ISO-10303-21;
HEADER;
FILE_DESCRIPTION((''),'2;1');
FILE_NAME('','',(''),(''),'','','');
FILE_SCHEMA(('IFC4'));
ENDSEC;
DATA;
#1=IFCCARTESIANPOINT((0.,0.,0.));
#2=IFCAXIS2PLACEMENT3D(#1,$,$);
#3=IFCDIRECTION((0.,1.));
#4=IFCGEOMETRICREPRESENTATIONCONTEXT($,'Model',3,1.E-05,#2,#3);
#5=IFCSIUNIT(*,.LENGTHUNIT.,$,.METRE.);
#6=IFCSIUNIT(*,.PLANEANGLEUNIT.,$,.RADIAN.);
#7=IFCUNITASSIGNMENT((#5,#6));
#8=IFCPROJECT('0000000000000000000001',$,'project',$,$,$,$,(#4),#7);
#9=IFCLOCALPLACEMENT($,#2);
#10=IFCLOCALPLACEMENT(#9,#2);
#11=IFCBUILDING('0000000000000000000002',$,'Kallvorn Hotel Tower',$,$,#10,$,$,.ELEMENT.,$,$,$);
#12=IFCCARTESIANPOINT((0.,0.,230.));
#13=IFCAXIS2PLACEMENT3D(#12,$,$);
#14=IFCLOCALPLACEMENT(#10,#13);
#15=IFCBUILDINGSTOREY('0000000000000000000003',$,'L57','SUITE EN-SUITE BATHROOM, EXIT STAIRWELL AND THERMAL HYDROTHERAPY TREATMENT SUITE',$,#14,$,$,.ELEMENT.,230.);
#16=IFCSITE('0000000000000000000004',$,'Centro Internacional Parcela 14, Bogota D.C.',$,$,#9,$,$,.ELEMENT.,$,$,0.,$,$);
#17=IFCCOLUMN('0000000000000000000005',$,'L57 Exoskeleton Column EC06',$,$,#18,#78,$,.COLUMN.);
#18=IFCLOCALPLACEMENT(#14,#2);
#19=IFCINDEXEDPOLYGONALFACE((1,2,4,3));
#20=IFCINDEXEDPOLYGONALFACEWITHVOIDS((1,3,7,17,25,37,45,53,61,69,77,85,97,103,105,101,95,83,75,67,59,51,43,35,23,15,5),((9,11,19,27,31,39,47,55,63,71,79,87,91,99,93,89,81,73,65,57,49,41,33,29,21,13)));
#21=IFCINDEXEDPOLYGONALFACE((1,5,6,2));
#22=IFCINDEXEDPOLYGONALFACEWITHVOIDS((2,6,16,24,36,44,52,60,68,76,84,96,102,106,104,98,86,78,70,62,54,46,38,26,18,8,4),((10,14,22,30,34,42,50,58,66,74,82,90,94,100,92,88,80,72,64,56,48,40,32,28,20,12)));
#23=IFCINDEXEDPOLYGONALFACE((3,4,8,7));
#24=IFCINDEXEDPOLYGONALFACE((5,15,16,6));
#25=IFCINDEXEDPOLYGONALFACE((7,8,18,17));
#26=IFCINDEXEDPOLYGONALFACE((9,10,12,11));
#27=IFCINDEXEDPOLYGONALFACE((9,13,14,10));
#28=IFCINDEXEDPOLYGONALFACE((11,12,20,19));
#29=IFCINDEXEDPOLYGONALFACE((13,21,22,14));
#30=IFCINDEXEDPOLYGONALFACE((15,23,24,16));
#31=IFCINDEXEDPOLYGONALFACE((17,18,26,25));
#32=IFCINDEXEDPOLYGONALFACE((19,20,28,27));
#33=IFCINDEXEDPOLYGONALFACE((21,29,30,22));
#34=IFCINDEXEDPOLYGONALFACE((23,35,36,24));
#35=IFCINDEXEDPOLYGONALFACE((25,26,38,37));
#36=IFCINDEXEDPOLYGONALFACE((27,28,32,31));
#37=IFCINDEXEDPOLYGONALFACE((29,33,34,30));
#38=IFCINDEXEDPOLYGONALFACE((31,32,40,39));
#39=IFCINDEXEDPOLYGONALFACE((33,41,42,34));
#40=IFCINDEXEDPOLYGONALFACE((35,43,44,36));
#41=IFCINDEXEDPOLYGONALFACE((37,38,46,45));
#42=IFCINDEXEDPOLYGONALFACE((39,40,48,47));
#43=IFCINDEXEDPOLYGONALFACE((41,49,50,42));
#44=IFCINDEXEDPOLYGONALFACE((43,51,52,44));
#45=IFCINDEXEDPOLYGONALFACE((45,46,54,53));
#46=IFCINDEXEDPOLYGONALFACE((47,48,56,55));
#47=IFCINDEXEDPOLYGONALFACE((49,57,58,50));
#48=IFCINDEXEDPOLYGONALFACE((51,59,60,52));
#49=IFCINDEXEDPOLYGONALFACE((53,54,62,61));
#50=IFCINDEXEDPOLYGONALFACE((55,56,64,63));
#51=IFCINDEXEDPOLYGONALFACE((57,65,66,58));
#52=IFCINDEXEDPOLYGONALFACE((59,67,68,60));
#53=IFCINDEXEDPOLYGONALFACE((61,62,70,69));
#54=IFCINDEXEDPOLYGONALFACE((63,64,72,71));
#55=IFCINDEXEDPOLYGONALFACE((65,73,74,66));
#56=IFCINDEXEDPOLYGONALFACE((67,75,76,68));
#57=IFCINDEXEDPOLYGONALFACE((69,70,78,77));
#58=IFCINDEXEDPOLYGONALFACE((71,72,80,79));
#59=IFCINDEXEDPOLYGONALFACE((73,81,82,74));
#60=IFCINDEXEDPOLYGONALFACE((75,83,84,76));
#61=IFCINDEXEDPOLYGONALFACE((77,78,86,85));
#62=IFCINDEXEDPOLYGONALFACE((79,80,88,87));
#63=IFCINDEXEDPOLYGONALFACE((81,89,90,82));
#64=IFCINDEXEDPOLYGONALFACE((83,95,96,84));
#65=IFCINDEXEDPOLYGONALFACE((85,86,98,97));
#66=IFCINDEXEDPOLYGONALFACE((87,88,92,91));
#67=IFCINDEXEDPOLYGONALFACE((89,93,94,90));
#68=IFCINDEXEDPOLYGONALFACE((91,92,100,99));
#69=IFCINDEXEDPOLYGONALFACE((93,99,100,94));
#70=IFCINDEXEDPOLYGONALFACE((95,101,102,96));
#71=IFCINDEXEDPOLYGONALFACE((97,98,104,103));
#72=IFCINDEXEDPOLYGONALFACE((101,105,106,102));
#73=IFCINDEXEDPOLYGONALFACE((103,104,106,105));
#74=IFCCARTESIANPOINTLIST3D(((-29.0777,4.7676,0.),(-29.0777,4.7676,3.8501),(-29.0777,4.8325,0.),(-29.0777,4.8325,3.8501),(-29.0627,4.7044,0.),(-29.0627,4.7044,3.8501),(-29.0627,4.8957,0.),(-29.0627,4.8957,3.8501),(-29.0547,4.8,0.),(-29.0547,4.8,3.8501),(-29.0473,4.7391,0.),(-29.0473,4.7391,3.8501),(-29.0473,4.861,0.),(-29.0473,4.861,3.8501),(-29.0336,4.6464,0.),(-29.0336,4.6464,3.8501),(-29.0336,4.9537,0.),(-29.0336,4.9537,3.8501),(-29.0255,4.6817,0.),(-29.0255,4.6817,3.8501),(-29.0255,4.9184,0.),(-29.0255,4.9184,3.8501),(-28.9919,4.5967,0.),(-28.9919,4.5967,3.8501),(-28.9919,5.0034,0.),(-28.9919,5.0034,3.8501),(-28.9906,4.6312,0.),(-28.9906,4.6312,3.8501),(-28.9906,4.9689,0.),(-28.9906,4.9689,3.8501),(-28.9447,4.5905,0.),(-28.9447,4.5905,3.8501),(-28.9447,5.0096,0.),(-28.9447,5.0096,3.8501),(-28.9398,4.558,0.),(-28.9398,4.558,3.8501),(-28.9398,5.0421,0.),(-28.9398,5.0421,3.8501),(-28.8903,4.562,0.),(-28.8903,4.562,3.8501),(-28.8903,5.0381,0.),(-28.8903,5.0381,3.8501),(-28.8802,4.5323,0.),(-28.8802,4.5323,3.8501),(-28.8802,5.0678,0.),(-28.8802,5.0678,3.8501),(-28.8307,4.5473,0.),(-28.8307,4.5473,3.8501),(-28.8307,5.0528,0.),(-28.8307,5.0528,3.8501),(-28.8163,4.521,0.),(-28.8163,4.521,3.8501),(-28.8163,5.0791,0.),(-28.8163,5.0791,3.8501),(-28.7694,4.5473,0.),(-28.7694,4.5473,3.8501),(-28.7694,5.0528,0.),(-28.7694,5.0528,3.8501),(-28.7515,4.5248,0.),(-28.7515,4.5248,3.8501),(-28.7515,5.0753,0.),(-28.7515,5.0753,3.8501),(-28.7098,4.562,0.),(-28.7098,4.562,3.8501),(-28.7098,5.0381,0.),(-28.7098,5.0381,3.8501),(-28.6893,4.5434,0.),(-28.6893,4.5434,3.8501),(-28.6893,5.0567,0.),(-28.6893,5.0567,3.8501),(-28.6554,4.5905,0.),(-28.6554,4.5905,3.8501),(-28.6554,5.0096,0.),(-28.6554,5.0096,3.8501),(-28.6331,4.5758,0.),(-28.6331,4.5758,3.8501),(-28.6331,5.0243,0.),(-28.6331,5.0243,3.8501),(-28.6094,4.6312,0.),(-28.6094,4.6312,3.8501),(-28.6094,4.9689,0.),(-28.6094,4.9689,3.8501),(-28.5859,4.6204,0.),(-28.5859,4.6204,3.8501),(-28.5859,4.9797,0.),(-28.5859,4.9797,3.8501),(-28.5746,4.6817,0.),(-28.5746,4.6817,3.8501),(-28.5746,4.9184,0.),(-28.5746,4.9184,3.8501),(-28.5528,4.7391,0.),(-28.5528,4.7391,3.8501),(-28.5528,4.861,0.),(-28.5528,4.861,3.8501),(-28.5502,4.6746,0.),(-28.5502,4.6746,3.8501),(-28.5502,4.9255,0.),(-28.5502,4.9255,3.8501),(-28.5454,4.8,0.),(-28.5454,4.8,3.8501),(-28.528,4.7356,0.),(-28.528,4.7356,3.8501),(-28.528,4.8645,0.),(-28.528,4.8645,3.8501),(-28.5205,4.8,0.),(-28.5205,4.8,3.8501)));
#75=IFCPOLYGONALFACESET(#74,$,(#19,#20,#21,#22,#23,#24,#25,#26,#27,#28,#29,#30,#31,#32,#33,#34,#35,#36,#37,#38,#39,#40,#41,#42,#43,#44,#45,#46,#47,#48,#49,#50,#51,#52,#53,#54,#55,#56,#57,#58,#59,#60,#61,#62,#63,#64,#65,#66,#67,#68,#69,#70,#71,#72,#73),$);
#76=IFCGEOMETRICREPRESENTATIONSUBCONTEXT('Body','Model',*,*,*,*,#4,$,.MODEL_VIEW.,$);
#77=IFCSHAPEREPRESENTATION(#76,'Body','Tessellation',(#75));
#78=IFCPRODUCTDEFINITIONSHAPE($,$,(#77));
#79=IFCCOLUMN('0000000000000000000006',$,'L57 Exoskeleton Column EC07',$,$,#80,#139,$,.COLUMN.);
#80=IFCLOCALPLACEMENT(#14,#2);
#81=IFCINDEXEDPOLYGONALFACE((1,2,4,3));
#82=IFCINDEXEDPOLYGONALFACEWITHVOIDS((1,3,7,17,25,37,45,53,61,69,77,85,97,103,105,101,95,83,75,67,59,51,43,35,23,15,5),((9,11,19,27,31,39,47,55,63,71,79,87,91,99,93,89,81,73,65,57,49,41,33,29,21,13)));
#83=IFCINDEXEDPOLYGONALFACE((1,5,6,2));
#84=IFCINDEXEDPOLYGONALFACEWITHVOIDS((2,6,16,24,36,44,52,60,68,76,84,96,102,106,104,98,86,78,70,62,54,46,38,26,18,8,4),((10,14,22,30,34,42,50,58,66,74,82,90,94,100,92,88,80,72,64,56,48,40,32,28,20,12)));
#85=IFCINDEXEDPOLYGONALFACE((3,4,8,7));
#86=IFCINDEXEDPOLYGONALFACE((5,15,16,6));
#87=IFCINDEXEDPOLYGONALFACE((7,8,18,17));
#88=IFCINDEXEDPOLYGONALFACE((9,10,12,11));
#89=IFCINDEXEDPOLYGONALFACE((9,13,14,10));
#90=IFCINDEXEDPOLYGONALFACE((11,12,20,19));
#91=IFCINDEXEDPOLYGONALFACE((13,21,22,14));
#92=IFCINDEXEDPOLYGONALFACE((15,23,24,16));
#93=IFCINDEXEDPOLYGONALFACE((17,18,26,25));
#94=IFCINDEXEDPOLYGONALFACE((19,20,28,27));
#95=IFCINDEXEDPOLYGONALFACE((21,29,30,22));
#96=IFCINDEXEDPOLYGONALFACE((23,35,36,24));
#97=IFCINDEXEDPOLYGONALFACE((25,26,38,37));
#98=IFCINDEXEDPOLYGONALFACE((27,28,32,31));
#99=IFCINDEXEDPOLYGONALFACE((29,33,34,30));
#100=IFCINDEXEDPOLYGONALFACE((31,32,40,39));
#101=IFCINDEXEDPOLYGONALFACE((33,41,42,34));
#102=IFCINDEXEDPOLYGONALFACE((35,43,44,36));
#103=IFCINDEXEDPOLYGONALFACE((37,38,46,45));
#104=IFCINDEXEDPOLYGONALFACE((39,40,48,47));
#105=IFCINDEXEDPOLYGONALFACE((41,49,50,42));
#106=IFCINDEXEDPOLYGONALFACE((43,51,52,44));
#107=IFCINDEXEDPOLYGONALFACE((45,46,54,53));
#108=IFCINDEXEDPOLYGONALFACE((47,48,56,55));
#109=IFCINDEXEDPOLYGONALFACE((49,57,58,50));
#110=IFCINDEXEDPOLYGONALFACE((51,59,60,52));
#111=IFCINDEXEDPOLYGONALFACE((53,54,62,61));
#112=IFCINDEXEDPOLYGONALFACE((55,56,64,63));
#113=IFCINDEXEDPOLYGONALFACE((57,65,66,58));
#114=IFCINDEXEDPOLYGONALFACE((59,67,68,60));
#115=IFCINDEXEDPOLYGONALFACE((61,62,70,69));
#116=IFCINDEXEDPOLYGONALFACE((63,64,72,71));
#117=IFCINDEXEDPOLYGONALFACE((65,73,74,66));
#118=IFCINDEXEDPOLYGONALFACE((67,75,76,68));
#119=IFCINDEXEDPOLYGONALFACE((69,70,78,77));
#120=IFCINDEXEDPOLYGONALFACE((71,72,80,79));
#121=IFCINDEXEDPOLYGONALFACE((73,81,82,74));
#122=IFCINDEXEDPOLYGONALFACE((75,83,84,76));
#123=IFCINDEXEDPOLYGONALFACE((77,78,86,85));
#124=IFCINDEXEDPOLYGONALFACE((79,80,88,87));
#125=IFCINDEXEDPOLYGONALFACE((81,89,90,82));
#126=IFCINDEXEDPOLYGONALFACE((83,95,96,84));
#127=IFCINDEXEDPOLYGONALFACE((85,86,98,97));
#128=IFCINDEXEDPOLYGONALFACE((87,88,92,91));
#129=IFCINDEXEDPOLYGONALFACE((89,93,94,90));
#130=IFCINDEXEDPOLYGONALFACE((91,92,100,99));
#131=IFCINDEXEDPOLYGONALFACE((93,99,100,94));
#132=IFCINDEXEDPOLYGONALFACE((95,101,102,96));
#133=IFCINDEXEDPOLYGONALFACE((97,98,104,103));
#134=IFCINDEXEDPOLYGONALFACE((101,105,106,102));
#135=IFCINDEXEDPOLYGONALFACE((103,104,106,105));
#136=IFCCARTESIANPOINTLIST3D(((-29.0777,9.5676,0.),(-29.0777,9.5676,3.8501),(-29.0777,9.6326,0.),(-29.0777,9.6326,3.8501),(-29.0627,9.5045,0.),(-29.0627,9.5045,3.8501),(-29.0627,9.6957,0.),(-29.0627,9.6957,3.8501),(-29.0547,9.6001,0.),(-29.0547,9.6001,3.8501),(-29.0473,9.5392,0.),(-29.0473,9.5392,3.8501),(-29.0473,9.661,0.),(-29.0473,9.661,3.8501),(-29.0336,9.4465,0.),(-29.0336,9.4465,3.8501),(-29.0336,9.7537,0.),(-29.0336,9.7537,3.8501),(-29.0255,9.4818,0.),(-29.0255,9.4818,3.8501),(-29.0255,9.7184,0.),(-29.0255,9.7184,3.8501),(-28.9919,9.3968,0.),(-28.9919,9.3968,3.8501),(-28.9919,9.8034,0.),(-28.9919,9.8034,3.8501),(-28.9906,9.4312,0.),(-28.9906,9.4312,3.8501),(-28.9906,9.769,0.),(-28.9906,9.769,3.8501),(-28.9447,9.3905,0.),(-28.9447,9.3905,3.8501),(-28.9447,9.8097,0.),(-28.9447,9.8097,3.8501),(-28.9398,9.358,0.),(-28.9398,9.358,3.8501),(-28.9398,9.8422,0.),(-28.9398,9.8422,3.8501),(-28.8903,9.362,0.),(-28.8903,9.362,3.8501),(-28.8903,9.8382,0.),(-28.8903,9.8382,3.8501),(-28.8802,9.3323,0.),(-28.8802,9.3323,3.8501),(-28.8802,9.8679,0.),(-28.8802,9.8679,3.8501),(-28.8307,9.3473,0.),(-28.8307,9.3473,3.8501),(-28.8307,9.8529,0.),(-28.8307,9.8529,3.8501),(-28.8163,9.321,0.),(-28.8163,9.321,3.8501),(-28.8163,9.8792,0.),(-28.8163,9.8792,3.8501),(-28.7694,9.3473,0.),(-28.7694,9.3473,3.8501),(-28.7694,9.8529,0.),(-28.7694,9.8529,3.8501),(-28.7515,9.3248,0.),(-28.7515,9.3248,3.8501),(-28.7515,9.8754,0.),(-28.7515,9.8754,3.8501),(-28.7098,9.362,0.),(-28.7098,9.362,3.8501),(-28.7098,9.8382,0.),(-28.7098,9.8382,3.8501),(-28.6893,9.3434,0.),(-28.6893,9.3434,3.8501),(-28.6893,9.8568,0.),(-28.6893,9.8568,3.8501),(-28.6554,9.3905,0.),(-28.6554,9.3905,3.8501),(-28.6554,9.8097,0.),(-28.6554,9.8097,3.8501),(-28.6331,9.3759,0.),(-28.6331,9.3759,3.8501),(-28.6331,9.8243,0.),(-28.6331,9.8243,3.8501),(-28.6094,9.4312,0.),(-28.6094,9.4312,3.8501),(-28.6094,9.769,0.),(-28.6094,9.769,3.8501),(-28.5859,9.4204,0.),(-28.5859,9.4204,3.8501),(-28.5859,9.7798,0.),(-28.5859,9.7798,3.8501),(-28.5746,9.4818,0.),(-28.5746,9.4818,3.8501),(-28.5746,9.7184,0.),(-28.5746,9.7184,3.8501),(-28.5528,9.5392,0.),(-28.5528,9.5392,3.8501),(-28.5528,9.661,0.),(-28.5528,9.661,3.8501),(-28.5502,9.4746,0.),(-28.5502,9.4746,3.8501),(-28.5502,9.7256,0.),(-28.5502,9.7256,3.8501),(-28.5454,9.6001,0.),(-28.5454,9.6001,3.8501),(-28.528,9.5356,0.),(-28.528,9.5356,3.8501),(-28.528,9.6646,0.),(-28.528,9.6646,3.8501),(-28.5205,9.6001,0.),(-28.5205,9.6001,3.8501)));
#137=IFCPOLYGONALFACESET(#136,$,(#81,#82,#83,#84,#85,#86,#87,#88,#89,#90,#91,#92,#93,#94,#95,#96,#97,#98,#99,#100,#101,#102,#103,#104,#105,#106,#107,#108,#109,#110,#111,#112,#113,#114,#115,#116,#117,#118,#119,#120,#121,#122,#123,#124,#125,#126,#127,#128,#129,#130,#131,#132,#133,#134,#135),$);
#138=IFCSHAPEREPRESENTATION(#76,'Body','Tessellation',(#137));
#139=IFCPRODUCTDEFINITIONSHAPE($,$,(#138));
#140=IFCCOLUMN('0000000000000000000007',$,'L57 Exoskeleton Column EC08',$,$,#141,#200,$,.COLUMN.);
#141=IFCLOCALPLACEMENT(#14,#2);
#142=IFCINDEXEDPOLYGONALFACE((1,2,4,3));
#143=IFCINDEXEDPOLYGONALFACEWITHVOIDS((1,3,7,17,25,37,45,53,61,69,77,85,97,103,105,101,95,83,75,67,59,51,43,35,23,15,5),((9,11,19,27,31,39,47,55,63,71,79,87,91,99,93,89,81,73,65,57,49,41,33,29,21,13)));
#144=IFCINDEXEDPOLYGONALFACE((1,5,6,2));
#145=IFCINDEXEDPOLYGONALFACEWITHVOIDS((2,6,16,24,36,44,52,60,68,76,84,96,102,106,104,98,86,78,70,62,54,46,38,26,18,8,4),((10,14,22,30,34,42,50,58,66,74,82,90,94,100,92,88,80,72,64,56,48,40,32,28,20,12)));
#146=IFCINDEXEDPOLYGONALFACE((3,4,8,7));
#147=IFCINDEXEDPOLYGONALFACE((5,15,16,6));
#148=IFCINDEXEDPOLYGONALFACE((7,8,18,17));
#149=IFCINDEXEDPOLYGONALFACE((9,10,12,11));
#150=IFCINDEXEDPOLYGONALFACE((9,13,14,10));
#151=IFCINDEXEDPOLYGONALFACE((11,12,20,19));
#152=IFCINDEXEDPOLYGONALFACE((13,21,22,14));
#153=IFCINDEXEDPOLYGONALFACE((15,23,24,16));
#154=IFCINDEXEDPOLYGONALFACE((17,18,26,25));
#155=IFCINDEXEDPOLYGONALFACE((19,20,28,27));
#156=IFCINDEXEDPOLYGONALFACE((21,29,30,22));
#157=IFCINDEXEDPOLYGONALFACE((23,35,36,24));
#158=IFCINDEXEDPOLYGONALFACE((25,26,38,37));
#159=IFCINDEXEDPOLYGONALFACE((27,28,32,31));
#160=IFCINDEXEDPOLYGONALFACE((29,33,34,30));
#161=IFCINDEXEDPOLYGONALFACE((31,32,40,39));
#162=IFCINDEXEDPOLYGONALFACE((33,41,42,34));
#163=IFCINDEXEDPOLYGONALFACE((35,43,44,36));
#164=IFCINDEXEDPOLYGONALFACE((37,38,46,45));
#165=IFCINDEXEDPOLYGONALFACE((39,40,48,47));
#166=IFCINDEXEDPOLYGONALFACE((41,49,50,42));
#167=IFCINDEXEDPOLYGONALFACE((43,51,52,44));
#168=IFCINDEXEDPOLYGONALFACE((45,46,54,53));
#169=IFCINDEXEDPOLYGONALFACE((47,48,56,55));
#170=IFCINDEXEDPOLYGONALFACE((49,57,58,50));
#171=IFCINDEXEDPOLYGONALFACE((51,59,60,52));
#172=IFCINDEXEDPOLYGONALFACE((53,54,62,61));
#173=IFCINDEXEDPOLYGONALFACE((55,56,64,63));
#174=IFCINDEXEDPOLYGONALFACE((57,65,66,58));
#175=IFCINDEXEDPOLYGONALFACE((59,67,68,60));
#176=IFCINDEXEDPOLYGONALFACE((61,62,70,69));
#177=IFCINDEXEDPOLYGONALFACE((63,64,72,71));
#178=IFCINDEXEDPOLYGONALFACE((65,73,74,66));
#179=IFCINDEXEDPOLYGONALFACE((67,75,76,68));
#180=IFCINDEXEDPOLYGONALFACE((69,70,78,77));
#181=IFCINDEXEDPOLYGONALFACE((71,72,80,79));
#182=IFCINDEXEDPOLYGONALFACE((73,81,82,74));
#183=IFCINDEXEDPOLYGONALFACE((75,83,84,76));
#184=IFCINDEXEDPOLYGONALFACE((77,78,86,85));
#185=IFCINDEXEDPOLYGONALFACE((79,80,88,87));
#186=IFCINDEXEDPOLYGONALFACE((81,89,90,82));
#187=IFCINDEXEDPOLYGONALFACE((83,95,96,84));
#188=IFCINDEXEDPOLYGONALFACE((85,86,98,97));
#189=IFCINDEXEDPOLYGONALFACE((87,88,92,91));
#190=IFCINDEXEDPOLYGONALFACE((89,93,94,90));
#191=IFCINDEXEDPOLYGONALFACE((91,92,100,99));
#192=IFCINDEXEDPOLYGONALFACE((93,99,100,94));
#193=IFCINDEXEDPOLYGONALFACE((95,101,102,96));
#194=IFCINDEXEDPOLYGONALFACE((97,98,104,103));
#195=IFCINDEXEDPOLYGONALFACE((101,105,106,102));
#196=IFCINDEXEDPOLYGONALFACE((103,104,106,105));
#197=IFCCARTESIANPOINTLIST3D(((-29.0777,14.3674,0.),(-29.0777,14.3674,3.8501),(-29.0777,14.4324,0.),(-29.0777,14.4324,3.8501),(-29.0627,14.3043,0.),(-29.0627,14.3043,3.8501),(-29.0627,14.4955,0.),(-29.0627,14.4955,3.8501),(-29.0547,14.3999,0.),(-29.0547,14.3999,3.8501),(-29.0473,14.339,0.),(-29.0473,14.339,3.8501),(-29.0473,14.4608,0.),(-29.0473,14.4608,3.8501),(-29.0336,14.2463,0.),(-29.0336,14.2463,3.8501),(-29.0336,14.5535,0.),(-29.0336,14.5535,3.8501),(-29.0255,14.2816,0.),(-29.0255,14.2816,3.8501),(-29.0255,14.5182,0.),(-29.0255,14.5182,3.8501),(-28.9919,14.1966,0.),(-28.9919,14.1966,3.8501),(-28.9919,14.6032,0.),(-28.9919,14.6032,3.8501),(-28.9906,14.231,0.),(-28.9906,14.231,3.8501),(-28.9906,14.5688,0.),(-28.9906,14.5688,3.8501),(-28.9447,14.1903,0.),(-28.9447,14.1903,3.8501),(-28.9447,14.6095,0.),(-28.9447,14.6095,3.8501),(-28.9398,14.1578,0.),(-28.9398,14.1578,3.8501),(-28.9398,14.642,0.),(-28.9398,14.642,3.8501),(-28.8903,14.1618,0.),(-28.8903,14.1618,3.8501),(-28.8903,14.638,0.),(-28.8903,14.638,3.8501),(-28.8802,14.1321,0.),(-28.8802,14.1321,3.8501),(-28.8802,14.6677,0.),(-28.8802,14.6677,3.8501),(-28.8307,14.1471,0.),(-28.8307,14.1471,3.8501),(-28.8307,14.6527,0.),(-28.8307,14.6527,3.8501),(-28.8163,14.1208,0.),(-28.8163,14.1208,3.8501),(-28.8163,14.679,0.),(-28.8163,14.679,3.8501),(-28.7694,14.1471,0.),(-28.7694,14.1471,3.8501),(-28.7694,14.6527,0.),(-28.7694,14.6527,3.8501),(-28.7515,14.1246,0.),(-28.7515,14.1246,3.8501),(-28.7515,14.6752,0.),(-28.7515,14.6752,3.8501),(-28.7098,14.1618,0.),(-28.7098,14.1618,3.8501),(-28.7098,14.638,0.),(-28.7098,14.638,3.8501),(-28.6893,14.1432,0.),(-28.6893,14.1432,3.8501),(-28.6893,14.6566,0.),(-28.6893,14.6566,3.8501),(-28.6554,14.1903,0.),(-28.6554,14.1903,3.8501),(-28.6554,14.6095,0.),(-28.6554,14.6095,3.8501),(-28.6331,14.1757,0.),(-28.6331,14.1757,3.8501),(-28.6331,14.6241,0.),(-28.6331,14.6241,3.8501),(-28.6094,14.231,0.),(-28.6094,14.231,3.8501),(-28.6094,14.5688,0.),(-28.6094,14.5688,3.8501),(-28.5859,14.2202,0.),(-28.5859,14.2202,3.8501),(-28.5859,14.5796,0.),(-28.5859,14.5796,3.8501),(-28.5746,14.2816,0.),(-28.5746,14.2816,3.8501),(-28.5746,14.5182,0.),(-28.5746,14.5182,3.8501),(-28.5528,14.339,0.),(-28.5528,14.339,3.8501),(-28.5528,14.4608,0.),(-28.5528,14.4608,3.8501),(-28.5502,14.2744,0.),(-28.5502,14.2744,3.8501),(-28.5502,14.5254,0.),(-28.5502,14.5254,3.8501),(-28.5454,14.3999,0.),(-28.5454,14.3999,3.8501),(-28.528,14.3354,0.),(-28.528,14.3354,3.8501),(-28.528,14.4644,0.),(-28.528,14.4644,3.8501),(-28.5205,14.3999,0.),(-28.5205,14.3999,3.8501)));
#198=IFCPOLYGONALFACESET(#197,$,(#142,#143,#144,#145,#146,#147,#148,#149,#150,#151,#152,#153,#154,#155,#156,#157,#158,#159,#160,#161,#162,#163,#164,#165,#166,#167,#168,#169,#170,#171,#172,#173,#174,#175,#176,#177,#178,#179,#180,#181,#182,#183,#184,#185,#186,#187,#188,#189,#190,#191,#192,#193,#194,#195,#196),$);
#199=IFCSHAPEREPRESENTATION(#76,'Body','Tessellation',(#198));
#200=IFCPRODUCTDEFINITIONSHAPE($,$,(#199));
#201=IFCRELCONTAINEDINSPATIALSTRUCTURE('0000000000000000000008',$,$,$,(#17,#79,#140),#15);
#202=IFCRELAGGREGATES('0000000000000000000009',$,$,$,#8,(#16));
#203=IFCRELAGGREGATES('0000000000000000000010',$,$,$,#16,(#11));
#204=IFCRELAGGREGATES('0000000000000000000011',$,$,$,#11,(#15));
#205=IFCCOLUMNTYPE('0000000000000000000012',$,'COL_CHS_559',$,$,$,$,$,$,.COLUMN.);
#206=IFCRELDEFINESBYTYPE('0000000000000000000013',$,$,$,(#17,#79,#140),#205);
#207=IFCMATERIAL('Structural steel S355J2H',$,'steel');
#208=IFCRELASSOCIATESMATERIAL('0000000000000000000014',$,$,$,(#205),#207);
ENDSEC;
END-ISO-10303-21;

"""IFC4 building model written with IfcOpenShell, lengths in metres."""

from ifc_helpers import new_model, si_unit, direction, frame, origin, origin_2d, place, context, subcontext, project, spatial, hollow_circle, extrude, material, material_profile, profile_set, type_object, element, save


model = new_model("IFC4")

# Units and contexts
model_context = context("Model", 3, precision=1e-05, world=origin(), true_north=direction((0.0, 1.0)))
body_context = subcontext(model_context, "Body", "Model", "MODEL_VIEW")
ifc_project = project(units=[si_unit("LENGTHUNIT", "METRE"), si_unit("PLANEANGLEUNIT", "RADIAN")], contexts=[model_context])

# Site, building, storey
site_placement = place(None, origin())
site = spatial("IfcSite", under=ifc_project, at=site_placement, Name="Centro Internacional Parcela 14, Bogota D.C.", CompositionType="ELEMENT", RefElevation=0.0)
building_placement = place(site_placement, origin())
building = spatial("IfcBuilding", under=site, at=building_placement, Name="Kallvorn Hotel Tower", CompositionType="ELEMENT")
storey_placement = place(building_placement, frame((0.0, 0.0, 230.0)))
storey = spatial("IfcBuildingStorey", under=building, at=storey_placement, Name="L57", Description="SUITE EN-SUITE BATHROOM, EXIT STAIRWELL AND THERMAL HYDROTHERAPY TREATMENT SUITE", CompositionType="ELEMENT", Elevation=230.0)

# Columns
ifc_material_1 = material(Name="Structural steel S355J2H", Category="steel")
ifc_material_profile_1 = material_profile(ifc_material_1, hollow_circle(Radius=0.2795, WallThickness=0.0249, at=origin_2d()), Name="CHS 559x25")
ifc_profile_set_1 = profile_set([ifc_material_profile_1], Name="Structural steel S355J2H")
column_type_1 = type_object("IfcColumnType", Name="COL_CHS_559", PredefinedType="COLUMN", material=ifc_profile_set_1)
for number, where, z_axis, x_axis, name in (
    (1, (-28.8, 4.8, 0.0), (0.0, 0.0, 1.0), (1.0, 0.0, 0.0), "L57 Exoskeleton Column EC06"),
    (2, (-28.8, 9.6001, 0.0), (0.0, 0.0, 1.0), (1.0, 0.0, 0.0), "L57 Exoskeleton Column EC07"),
    (3, (-28.8, 14.3999, 0.0), (0.0, 0.0, 1.0), (1.0, 0.0, 0.0), "L57 Exoskeleton Column EC08"),
):
    element("IfcColumn", number, at=place(storey_placement, frame(where, z_axis=z_axis, x_axis=x_axis)), inside=storey, type_object=column_type_1, Name=name, PredefinedType="COLUMN", context=body_context, shape_type="SweptSolid", body=[
        extrude(hollow_circle(Radius=0.2795, WallThickness=0.0249, at=origin_2d()), origin(), (0.0, 0.0, 1.0), 3.8501),
    ])

save(model, "model.ifc")
